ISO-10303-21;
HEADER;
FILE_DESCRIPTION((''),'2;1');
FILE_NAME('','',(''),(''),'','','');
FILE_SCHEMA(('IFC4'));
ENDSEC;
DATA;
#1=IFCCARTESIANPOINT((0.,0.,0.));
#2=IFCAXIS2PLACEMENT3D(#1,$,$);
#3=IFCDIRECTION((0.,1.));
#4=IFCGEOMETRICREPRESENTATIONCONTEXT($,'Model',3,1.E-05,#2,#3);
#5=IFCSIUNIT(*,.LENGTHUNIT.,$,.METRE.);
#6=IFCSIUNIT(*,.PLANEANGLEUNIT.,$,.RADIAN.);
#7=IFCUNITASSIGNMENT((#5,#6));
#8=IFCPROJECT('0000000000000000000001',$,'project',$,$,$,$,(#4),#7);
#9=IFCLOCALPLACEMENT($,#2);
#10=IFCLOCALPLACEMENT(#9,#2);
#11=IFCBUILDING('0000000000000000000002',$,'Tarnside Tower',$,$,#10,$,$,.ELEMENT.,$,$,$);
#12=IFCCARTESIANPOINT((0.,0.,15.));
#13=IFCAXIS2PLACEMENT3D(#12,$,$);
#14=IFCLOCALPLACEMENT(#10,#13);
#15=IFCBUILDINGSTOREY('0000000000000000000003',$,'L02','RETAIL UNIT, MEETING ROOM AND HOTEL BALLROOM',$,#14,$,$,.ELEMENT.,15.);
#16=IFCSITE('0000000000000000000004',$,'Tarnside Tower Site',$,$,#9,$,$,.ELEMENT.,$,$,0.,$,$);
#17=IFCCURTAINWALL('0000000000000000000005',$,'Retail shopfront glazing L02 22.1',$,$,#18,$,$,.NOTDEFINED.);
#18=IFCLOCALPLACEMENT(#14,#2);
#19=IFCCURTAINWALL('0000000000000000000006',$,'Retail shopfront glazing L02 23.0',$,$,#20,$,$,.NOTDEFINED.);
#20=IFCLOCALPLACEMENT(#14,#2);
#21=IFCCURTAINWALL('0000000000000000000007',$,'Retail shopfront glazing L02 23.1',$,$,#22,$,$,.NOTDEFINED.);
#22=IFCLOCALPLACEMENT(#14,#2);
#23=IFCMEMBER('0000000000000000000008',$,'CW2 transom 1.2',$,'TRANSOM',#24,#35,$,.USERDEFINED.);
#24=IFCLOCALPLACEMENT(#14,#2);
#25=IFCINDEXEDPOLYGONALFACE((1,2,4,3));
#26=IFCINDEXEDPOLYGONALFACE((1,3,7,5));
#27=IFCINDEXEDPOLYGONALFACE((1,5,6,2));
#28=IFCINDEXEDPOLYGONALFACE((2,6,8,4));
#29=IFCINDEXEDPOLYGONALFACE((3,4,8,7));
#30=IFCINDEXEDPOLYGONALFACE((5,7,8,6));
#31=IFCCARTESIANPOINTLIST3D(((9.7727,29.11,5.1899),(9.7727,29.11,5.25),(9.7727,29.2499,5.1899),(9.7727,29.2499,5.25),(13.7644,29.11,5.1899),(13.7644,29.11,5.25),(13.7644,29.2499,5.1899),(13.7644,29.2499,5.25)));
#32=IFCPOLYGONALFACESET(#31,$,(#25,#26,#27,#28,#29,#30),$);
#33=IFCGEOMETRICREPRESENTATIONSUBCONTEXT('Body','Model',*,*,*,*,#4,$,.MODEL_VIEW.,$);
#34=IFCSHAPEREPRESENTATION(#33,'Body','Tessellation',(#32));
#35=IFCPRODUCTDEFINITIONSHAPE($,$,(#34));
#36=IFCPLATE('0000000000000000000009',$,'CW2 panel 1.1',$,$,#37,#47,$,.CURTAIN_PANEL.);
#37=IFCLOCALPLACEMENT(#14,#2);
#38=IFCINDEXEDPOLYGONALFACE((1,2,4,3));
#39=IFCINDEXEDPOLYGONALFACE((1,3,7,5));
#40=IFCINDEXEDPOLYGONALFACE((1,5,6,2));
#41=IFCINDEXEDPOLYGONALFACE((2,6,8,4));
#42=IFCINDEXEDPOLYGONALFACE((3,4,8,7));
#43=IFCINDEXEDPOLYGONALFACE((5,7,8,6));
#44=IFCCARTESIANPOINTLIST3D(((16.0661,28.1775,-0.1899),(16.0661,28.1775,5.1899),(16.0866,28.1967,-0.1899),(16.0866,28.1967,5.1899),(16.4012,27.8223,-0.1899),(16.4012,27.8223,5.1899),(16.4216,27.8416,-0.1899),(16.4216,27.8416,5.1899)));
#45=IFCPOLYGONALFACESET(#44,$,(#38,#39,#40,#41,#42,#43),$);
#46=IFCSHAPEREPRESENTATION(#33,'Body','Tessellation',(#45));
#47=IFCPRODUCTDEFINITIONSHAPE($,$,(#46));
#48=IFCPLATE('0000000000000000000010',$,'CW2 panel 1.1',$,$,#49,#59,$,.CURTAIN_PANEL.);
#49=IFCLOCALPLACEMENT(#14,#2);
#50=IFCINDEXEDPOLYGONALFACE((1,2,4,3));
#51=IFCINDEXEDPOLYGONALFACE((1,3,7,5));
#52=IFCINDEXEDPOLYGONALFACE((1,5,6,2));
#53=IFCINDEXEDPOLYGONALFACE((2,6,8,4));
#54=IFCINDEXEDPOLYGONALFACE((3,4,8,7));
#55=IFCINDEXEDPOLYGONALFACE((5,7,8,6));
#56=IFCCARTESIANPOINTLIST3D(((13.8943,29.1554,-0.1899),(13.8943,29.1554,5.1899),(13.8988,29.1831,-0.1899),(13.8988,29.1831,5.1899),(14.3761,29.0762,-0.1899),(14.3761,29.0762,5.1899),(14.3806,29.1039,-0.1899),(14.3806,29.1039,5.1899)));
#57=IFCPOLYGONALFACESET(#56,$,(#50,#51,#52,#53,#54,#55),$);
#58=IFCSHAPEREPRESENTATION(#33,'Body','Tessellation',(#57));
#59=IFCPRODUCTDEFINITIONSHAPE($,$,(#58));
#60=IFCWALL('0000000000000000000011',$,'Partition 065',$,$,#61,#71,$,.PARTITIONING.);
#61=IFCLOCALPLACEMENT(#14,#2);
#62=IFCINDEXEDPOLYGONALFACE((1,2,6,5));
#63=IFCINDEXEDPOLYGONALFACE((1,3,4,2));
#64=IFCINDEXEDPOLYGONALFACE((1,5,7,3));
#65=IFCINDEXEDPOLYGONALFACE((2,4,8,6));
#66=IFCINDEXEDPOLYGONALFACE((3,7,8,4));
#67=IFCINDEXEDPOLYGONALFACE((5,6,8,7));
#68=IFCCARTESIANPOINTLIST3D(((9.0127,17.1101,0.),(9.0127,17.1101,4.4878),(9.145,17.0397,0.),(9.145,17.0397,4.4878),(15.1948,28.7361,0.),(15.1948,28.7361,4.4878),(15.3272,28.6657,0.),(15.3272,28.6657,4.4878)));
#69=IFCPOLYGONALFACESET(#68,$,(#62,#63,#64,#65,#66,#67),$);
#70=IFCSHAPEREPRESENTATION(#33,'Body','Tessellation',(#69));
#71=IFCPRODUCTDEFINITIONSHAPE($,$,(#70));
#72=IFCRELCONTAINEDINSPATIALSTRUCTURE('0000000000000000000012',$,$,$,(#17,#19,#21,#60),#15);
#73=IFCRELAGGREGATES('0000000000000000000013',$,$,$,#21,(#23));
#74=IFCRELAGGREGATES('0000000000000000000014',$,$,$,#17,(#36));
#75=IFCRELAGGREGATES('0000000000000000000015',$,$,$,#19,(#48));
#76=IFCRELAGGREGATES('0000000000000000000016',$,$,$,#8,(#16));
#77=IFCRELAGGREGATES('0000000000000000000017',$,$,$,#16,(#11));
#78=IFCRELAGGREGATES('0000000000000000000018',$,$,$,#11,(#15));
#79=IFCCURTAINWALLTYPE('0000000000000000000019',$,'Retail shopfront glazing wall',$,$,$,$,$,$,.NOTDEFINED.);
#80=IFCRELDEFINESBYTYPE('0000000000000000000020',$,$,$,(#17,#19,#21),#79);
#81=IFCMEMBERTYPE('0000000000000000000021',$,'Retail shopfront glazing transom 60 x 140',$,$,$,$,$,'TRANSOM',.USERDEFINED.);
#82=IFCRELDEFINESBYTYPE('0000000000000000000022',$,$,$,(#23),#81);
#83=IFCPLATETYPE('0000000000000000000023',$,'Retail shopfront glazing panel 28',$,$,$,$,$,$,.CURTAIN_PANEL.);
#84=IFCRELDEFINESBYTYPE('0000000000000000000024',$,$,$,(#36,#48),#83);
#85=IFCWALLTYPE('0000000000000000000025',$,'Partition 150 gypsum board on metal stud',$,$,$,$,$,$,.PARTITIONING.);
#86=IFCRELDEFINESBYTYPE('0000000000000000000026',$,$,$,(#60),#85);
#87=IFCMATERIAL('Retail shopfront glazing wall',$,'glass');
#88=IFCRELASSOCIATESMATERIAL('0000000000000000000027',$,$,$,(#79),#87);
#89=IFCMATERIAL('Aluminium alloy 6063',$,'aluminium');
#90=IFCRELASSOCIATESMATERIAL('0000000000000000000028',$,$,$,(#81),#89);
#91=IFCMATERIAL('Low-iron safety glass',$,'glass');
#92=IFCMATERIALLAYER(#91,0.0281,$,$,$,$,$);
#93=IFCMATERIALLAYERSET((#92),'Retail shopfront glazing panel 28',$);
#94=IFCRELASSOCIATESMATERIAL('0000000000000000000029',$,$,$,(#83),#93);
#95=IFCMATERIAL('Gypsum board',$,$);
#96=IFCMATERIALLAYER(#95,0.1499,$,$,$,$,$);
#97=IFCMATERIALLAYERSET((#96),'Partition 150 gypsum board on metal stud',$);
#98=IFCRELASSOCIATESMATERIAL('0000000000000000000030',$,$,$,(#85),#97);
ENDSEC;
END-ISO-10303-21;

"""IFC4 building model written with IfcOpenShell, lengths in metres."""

from ifc_helpers import new_model, si_unit, direction, frame, frame_2d, origin, origin_2d, place, context, subcontext, project, spatial, rectangle, extrude, material, layer, layer_set, material_profile, profile_set, type_object, element, aggregate, save


model = new_model("IFC4")

# Units and contexts
model_context = context("Model", 3, precision=1e-05, world=origin(), true_north=direction((0.0, 1.0)))
body_context = subcontext(model_context, "Body", "Model", "MODEL_VIEW")
ifc_project = project(units=[si_unit("LENGTHUNIT", "METRE"), si_unit("PLANEANGLEUNIT", "RADIAN")], contexts=[model_context])

# Site, building, storey
site_placement = place(None, origin())
site = spatial("IfcSite", under=ifc_project, at=site_placement, Name="Tarnside Tower Site", CompositionType="ELEMENT", RefElevation=0.0)
building_placement = place(site_placement, origin())
building = spatial("IfcBuilding", under=site, at=building_placement, Name="Tarnside Tower", CompositionType="ELEMENT")
storey_placement = place(building_placement, frame((0.0, 0.0, 15.0)))
storey = spatial("IfcBuildingStorey", under=building, at=storey_placement, Name="L02", Description="RETAIL UNIT, MEETING ROOM AND HOTEL BALLROOM", CompositionType="ELEMENT", Elevation=15.0)

# Shared definitions
ifc_material_1 = material(Name="Retail shopfront glazing wall", Category="glass")
curtain_wall_type = type_object("IfcCurtainWallType", Name="Retail shopfront glazing wall", PredefinedType="NOTDEFINED", material=ifc_material_1)
ifc_material_2 = material(Name="Aluminium alloy 6063", Category="aluminium")

# Curtain walls
curtain_wall_1_placement = place(storey_placement, origin())
curtain_wall_1 = element("IfcCurtainWall", 1, at=curtain_wall_1_placement, inside=storey, type_object=curtain_wall_type, Name="Retail shopfront glazing L02 22.1", PredefinedType="NOTDEFINED")
curtain_wall_2_placement = place(storey_placement, origin())
curtain_wall_2 = element("IfcCurtainWall", 2, at=curtain_wall_2_placement, inside=storey, type_object=curtain_wall_type, Name="Retail shopfront glazing L02 23.0", PredefinedType="NOTDEFINED")

# Curtain wall
curtain_wall_3_placement = place(storey_placement, origin())
curtain_wall_3 = element("IfcCurtainWall", 3, at=curtain_wall_3_placement, inside=storey, type_object=curtain_wall_type, Name="Retail shopfront glazing L02 23.1", PredefinedType="NOTDEFINED")

# Member
ifc_material_profile_1 = material_profile(ifc_material_2, rectangle(XDim=0.1399, YDim=0.0601, at=origin_2d()), Name="Retail shopfront glazing transom 60 x 140")
ifc_profile_set_1 = profile_set([ifc_material_profile_1], Name="Aluminium alloy 6063")
member_type_1 = type_object("IfcMemberType", Name="Retail shopfront glazing transom 60 x 140", ElementType="TRANSOM", PredefinedType="USERDEFINED", material=ifc_profile_set_1)
member_1_placement = place(storey_placement, frame((13.7644, 29.1799, 5.22), z_axis=(-1.0, 0.0, 0.0), x_axis=(0.0, -1.0, 0.0)))
member_1 = element("IfcMember", 4, at=member_1_placement, type_object=member_type_1, Name="CW2 transom 1.2", ObjectType="TRANSOM", PredefinedType="USERDEFINED", context=body_context, shape_type="SweptSolid", body=[
    extrude(rectangle(XDim=0.1399, YDim=0.0601, at=origin_2d()), origin(), (0.0, 0.0, 1.0), 3.9917),
])
aggregate(curtain_wall_3, [member_1])

# Plates
ifc_material_3 = material(Name="Low-iron safety glass", Category="glass")
ifc_layer_1 = layer(ifc_material_3, 0.0281)
ifc_layer_set_1 = layer_set([ifc_layer_1], Name="Retail shopfront glazing panel 28")
plate_type = type_object("IfcPlateType", Name="Retail shopfront glazing panel 28", PredefinedType="CURTAIN_PANEL", material=ifc_layer_set_1)
plate_1_placement = place(storey_placement, frame((16.2439, 28.0095, -0.1899), z_axis=(0.0, 0.0, 1.0), x_axis=(-0.686242, 0.727374, 0.0)))
plate_1 = element("IfcPlate", 5, at=plate_1_placement, type_object=plate_type, Name="CW2 panel 1.1", PredefinedType="CURTAIN_PANEL", context=body_context, shape_type="SweptSolid", body=[
    extrude(rectangle(XDim=0.4883, YDim=0.0281, at=origin_2d()), origin(), (0.0, 0.0, 1.0), 5.3799),
])
aggregate(curtain_wall_1, [plate_1])
plate_2_placement = place(storey_placement, frame((14.1375, 29.1296, -0.1899), z_axis=(0.0, 0.0, 1.0), x_axis=(-0.986762, 0.162178, 0.0)))
plate_2 = element("IfcPlate", 6, at=plate_2_placement, type_object=plate_type, Name="CW2 panel 1.1", PredefinedType="CURTAIN_PANEL", context=body_context, shape_type="SweptSolid", body=[
    extrude(rectangle(XDim=0.4883, YDim=0.0281, at=origin_2d()), origin(), (0.0, 0.0, 1.0), 5.3799),
])
aggregate(curtain_wall_2, [plate_2])

# Wall
ifc_material_4 = material(Name="Gypsum board")
ifc_layer_2 = layer(ifc_material_4, 0.1499)
ifc_layer_set_2 = layer_set([ifc_layer_2], Name="Partition 150 gypsum board on metal stud")
wall_type = type_object("IfcWallType", Name="Partition 150 gypsum board on metal stud", PredefinedType="PARTITIONING", material=ifc_layer_set_2)
wall_placement = place(storey_placement, frame((15.261, 28.7009, 0.0), z_axis=(0.0, 0.0, 1.0), x_axis=(-0.4695, -0.882932, 0.0)))
element("IfcWall", 7, at=wall_placement, inside=storey, type_object=wall_type, Name="Partition 065", PredefinedType="PARTITIONING", context=body_context, shape_type="SweptSolid", body=[
    extrude(rectangle(XDim=13.1675, YDim=0.1499, at=frame_2d((6.5837, 0.0))), origin(), (0.0, 0.0, 1.0), 4.4878),
])

save(model, "model.ifc")
